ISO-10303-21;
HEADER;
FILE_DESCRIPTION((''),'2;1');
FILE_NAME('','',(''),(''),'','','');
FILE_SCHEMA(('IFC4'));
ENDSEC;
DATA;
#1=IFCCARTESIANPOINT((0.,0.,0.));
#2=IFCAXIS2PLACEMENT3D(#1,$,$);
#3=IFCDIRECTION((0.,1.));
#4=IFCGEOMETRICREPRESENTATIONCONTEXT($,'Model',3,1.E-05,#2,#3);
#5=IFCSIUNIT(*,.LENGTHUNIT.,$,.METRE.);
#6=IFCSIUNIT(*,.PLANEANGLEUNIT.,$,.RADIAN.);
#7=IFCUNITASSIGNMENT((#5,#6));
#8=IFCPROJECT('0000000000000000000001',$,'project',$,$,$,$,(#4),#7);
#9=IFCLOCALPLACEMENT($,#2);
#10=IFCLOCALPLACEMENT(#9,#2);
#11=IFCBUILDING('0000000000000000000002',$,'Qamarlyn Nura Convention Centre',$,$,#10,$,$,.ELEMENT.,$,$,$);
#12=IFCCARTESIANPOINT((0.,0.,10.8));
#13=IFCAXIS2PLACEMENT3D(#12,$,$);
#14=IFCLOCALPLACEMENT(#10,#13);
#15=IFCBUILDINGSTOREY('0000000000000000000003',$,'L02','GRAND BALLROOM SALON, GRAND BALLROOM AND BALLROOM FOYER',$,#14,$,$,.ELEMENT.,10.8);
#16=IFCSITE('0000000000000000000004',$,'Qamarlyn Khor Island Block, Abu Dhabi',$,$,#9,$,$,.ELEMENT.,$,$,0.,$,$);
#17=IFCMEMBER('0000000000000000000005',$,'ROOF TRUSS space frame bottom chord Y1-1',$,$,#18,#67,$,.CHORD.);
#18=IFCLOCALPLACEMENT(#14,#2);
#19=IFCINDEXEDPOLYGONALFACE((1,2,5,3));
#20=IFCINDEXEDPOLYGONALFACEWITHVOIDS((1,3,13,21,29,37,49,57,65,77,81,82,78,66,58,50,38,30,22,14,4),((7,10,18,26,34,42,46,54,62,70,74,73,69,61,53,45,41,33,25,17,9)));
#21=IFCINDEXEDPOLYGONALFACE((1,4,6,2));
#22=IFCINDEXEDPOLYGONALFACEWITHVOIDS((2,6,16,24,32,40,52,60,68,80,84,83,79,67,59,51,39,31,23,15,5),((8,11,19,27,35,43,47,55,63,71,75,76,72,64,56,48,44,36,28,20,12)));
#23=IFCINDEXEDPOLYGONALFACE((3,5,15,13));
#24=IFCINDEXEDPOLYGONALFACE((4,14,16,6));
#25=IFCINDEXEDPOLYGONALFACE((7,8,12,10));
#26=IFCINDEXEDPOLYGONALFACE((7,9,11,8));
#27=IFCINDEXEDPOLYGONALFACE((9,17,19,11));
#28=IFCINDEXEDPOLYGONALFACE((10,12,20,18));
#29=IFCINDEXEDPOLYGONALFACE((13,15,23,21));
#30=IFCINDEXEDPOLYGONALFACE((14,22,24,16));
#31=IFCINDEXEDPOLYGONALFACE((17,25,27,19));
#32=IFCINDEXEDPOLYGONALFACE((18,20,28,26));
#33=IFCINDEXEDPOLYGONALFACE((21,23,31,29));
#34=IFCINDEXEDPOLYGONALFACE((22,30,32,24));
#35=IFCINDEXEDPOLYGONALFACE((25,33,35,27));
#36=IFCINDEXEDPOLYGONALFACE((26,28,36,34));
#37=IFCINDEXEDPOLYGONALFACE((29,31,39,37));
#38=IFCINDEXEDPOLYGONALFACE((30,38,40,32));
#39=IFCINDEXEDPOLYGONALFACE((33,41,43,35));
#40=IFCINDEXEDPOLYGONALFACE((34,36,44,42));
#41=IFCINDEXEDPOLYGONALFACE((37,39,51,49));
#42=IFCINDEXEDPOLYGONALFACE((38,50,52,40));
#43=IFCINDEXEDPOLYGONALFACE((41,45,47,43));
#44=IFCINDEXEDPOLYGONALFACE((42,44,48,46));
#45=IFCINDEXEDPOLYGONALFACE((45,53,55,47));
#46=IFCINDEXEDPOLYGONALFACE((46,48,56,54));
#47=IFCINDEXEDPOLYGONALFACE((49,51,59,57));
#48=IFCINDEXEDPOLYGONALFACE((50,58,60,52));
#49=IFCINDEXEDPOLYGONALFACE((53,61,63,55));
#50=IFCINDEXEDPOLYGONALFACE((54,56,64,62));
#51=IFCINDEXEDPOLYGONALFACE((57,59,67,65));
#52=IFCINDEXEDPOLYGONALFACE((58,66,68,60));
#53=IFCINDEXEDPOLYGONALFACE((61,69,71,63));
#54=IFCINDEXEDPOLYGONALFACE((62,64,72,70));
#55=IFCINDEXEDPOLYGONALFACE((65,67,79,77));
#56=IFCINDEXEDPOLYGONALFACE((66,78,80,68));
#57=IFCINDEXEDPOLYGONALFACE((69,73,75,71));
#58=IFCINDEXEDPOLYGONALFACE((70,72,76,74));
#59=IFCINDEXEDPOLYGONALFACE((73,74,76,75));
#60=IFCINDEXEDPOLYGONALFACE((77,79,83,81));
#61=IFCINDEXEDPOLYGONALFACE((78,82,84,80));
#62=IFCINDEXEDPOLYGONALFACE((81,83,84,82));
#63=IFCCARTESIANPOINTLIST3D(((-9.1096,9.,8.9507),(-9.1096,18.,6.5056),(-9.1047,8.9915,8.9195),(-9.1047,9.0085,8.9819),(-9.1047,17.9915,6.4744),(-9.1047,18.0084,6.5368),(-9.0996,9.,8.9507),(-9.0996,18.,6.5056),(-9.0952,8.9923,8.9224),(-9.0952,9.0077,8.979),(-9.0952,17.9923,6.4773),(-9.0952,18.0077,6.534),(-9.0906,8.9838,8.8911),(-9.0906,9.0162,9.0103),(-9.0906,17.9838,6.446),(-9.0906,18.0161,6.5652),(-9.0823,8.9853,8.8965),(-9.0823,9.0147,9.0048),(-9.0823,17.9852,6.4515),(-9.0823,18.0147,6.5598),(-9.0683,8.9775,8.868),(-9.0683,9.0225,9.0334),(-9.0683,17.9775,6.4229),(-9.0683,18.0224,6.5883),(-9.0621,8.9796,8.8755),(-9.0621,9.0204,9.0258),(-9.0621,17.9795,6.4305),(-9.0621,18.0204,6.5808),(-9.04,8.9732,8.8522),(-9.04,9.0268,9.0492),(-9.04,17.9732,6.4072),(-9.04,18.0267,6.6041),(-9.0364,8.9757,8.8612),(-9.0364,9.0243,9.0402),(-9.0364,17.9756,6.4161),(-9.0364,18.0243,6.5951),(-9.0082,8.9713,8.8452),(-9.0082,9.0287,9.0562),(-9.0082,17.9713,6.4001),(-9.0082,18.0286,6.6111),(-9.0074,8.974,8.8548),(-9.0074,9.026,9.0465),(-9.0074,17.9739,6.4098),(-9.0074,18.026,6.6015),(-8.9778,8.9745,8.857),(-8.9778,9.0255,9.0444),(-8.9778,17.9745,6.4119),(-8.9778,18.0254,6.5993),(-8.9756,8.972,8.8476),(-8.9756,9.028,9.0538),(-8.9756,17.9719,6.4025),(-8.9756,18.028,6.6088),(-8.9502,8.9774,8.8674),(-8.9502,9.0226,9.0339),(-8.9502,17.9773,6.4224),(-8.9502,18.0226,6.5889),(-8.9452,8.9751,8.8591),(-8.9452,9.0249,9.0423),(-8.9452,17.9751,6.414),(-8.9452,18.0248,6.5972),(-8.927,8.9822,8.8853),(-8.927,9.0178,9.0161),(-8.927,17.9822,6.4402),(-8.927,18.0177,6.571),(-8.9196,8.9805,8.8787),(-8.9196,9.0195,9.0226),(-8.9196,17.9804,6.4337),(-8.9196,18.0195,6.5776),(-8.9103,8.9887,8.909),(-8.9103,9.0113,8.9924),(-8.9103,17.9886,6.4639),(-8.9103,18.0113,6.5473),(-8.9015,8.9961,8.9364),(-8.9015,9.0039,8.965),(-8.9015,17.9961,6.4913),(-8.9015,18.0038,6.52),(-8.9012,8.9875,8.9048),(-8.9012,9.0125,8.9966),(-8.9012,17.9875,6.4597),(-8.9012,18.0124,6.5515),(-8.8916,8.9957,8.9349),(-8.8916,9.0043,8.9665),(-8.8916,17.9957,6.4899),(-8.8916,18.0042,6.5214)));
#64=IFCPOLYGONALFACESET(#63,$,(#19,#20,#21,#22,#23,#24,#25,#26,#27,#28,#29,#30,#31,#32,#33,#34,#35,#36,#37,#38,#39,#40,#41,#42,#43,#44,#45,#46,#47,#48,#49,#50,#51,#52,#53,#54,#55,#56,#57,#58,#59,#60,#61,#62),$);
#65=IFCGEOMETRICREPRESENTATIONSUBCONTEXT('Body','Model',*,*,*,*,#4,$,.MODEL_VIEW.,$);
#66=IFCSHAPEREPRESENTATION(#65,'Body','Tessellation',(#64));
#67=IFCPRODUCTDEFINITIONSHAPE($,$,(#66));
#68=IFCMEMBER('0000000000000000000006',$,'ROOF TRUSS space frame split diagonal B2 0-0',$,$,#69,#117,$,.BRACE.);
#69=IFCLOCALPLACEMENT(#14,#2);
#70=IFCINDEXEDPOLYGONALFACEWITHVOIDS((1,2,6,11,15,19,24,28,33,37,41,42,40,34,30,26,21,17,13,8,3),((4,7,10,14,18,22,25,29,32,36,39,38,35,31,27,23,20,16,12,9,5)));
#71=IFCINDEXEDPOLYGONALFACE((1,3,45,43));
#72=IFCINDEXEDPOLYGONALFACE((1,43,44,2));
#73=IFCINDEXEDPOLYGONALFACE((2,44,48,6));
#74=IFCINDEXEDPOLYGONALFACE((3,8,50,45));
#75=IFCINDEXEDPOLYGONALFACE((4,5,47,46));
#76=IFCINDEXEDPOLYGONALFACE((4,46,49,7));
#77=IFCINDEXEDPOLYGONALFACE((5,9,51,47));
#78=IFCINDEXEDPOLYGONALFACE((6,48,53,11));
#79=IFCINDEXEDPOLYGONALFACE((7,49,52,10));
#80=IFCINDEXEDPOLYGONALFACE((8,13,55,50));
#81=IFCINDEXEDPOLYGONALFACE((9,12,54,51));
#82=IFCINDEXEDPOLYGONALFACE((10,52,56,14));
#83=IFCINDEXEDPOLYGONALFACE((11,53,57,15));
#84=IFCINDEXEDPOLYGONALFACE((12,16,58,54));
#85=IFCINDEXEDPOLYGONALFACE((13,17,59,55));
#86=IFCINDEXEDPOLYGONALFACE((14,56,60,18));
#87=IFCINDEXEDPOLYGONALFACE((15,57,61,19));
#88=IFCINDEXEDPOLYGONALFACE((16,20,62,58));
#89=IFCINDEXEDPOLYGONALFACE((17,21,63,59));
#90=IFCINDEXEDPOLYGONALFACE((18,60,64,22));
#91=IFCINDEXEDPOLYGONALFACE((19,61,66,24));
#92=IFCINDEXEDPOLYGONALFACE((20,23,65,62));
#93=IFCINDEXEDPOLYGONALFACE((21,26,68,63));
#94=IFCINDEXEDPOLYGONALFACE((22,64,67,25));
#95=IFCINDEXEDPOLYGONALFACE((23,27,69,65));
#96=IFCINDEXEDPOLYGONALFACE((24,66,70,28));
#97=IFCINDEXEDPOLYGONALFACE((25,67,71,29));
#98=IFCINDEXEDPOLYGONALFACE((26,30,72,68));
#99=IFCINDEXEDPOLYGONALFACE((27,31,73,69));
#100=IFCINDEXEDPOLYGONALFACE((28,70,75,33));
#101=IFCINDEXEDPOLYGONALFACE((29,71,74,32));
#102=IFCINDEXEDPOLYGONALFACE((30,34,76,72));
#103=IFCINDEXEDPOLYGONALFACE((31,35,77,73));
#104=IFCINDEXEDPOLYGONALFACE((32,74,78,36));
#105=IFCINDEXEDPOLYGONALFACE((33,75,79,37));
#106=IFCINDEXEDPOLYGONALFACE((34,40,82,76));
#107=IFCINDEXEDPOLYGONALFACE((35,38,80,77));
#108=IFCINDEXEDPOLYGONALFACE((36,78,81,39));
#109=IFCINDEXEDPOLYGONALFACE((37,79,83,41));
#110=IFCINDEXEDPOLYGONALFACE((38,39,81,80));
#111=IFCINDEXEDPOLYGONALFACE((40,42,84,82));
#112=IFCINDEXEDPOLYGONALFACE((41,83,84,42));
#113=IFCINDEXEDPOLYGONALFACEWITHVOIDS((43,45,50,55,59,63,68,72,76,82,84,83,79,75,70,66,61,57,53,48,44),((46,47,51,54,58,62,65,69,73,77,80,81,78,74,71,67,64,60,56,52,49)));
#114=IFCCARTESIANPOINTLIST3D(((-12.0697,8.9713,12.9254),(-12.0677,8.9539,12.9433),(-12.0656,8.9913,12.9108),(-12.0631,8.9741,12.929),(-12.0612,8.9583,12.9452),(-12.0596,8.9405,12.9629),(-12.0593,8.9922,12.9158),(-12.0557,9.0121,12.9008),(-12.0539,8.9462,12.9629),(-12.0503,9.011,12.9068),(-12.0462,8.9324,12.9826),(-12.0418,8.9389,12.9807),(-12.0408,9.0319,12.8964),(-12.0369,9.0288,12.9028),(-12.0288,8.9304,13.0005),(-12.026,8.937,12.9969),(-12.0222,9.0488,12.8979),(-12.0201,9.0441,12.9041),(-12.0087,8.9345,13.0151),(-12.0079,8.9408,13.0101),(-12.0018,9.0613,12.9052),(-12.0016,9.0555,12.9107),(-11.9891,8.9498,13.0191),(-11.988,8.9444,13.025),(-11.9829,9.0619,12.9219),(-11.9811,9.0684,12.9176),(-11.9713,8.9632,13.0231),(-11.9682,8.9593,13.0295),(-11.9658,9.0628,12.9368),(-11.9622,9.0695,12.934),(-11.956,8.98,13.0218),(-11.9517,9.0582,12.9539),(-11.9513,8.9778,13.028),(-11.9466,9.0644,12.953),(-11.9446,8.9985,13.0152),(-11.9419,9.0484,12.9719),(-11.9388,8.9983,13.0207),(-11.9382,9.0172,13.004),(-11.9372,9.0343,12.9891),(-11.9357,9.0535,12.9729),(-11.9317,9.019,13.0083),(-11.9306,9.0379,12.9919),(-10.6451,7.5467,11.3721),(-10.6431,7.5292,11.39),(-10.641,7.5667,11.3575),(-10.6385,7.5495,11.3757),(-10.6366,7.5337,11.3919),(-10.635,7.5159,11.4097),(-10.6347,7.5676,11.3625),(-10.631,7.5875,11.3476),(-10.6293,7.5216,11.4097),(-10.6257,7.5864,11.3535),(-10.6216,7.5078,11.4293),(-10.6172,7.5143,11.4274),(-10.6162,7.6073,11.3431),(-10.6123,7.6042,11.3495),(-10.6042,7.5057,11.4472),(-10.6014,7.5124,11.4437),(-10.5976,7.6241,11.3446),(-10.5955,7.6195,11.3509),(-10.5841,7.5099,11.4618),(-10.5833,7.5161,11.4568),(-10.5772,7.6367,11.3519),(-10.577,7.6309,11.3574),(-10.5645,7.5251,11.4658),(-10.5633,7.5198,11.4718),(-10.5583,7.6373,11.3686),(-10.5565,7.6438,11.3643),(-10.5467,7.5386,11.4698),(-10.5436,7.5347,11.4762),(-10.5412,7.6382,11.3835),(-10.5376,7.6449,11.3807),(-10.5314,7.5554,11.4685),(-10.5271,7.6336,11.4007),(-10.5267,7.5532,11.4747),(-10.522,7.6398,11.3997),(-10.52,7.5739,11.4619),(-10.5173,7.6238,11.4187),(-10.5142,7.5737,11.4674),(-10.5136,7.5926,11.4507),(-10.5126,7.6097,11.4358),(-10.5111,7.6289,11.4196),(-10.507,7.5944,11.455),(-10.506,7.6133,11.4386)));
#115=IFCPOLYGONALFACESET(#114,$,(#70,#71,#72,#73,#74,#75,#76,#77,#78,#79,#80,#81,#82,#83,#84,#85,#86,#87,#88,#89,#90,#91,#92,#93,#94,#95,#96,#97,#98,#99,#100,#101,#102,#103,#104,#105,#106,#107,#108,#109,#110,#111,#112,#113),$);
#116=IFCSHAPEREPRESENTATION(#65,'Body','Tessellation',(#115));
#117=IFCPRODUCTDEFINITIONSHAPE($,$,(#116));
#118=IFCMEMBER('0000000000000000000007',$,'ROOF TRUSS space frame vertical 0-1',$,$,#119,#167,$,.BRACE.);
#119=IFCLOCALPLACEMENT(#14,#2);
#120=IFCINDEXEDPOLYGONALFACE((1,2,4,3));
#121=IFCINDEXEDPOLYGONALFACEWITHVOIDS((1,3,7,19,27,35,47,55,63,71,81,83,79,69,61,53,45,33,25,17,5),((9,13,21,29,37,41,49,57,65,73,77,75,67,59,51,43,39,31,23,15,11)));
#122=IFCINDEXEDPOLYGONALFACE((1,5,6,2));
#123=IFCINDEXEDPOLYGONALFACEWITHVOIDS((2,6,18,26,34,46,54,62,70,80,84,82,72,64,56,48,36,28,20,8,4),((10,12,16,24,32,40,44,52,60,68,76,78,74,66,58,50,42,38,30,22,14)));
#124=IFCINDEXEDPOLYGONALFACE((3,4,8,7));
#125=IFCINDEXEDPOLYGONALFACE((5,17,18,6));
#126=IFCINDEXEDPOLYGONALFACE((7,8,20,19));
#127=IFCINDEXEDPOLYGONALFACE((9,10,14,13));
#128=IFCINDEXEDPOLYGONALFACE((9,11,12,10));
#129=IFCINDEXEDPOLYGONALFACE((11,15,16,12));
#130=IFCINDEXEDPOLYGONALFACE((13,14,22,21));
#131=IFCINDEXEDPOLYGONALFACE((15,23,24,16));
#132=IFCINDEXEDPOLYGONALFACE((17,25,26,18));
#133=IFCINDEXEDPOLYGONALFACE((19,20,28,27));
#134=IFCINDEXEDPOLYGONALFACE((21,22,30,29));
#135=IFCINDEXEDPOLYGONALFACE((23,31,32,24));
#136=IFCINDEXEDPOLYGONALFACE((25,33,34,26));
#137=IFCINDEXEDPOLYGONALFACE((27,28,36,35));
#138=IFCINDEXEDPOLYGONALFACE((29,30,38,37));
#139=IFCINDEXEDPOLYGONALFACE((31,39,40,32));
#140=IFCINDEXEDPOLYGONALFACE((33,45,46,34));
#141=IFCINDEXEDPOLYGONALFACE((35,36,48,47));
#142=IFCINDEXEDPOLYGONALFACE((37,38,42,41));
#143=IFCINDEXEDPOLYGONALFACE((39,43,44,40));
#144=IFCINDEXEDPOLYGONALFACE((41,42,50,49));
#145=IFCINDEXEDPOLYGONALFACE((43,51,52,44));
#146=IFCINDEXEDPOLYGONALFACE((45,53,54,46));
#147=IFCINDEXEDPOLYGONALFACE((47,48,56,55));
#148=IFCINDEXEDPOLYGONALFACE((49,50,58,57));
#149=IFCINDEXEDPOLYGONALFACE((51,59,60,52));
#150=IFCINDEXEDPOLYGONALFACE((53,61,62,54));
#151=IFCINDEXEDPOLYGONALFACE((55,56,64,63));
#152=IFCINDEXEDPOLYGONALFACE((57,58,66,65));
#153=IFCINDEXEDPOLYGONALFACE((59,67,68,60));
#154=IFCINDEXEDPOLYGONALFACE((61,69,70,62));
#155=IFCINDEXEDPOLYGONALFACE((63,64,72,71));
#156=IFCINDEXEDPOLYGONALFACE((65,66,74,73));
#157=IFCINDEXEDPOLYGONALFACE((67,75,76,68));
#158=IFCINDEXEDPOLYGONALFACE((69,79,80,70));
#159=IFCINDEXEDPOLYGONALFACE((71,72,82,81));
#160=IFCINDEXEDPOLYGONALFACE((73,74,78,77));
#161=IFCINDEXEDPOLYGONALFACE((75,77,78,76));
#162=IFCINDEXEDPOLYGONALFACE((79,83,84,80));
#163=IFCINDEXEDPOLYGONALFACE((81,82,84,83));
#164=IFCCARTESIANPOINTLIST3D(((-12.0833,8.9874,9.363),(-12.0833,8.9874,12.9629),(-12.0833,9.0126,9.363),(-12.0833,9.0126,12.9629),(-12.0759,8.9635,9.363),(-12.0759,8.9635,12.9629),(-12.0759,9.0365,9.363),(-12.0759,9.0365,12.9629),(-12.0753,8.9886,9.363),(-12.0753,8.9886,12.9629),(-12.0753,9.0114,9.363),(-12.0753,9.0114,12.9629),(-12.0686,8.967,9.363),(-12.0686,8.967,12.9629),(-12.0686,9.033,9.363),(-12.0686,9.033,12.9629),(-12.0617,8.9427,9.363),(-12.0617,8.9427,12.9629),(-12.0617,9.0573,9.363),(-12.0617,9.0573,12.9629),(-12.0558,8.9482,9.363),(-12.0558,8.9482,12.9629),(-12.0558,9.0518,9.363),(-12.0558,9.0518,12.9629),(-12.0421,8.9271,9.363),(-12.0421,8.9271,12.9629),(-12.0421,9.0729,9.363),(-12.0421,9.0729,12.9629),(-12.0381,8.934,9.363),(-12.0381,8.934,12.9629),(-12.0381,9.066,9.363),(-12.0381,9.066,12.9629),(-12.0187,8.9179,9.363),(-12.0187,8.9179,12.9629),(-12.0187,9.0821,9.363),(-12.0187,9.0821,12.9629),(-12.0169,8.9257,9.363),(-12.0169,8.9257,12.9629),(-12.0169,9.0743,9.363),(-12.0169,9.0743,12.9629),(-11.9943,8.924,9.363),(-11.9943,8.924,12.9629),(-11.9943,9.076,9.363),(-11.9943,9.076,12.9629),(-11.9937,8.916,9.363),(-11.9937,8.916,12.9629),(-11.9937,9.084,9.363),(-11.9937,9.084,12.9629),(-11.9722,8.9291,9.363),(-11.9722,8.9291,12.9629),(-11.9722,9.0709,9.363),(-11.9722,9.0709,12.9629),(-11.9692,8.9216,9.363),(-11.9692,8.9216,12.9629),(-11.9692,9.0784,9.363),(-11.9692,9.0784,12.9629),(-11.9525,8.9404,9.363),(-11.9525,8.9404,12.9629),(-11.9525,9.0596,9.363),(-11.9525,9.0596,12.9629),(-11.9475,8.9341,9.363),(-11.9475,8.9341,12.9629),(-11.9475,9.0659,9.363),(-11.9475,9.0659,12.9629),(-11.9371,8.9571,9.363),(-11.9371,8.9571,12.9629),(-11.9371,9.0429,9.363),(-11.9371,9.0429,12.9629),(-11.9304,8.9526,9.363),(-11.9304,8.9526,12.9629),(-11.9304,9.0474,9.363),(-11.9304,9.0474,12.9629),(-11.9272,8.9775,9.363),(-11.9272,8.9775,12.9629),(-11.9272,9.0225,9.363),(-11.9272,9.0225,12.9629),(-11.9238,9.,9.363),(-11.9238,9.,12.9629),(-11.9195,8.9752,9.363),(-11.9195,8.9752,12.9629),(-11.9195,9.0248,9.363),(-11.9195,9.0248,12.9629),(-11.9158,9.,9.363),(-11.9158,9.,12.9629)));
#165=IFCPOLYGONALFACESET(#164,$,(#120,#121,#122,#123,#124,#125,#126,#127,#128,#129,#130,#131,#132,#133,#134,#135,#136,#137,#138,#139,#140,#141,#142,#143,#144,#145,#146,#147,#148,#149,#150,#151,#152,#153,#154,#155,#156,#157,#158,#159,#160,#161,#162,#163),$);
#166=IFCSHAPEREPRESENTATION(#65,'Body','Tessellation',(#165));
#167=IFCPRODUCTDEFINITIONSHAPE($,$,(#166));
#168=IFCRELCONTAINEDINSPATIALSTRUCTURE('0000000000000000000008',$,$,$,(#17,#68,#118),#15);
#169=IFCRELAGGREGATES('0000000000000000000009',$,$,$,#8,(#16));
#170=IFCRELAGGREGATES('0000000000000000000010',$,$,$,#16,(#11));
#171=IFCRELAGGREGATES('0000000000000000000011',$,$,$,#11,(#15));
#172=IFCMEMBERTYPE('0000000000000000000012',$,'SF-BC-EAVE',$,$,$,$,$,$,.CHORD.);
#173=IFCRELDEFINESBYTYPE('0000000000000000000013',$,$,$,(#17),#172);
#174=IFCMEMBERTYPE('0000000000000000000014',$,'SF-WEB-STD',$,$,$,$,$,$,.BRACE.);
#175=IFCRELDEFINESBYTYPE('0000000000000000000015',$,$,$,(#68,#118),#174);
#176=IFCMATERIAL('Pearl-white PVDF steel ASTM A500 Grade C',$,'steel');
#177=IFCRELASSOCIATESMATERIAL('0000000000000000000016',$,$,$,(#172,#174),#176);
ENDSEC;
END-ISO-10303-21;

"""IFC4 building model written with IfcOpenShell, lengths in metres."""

from ifc_helpers import new_model, si_unit, direction, frame, origin, origin_2d, place, context, subcontext, project, spatial, hollow_circle, extrude, material, material_profile, profile_set, type_object, element, save


model = new_model("IFC4")

# Units and contexts
model_context = context("Model", 3, precision=1e-05, world=origin(), true_north=direction((0.0, 1.0)))
body_context = subcontext(model_context, "Body", "Model", "MODEL_VIEW")
ifc_project = project(units=[si_unit("LENGTHUNIT", "METRE"), si_unit("PLANEANGLEUNIT", "RADIAN")], contexts=[model_context])

# Site, building, storey
site_placement = place(None, origin())
site = spatial("IfcSite", under=ifc_project, at=site_placement, Name="Qamarlyn Khor Island Block, Abu Dhabi", CompositionType="ELEMENT", RefElevation=0.0)
building_placement = place(site_placement, origin())
building = spatial("IfcBuilding", under=site, at=building_placement, Name="Qamarlyn Nura Convention Centre", CompositionType="ELEMENT")
storey_placement = place(building_placement, frame((0.0, 0.0, 10.8)))
storey = spatial("IfcBuildingStorey", under=building, at=storey_placement, Name="L02", Description="GRAND BALLROOM SALON, GRAND BALLROOM AND BALLROOM FOYER", CompositionType="ELEMENT", Elevation=10.8)

# Members
ifc_material_1 = material(Name="Pearl-white PVDF steel ASTM A500 Grade C", Category="steel")
ifc_material_profile_1 = material_profile(ifc_material_1, hollow_circle(Radius=0.1096, WallThickness=0.01, at=origin_2d()), Name="CHS219.1X10")
ifc_profile_set_1 = profile_set([ifc_material_profile_1], Name="Pearl-white PVDF steel ASTM A500 Grade C")
member_type_1 = type_object("IfcMemberType", Name="SF-BC-EAVE", PredefinedType="CHORD", material=ifc_profile_set_1)
member_1_placement = place(storey_placement, frame((-9.0, 9.0, 8.9507), z_axis=(0.0, 0.965021, -0.262171), x_axis=(-1.0, 0.0, 0.0)))
element("IfcMember", 1, at=member_1_placement, inside=storey, type_object=member_type_1, Name="ROOF TRUSS space frame bottom chord Y1-1", PredefinedType="CHORD", context=body_context, shape_type="SweptSolid", body=[
    extrude(hollow_circle(Radius=0.1096, WallThickness=0.01, at=origin_2d()), origin(), (0.0, 0.0, 1.0), 9.3262),
])
ifc_material_profile_2 = material_profile(ifc_material_1, hollow_circle(Radius=0.0842, WallThickness=0.0081, at=origin_2d()), Name="CHS168.3X8")
ifc_profile_set_2 = profile_set([ifc_material_profile_2], Name="Pearl-white PVDF steel ASTM A500 Grade C")
member_type_2 = type_object("IfcMemberType", Name="SF-WEB-STD", PredefinedType="BRACE", material=ifc_profile_set_2)
member_2_placement = place(storey_placement, frame((-10.5754, 7.5754, 11.4097), z_axis=(-0.559999, 0.559999, 0.610576), x_axis=(-0.707107, -0.707107, 0.0)))
element("IfcMember", 2, at=member_2_placement, inside=storey, type_object=member_type_2, Name="ROOF TRUSS space frame split diagonal B2 0-0", PredefinedType="BRACE", context=body_context, shape_type="SweptSolid", body=[
    extrude(hollow_circle(Radius=0.0842, WallThickness=0.0081, at=origin_2d()), origin(), (0.0, 0.0, 1.0), 2.5439),
])
member_3_placement = place(storey_placement, frame((-12.0, 9.0, 9.363), z_axis=(0.0, 0.0, 1.0), x_axis=(1.0, 0.0, 0.0)))
element("IfcMember", 3, at=member_3_placement, inside=storey, type_object=member_type_2, Name="ROOF TRUSS space frame vertical 0-1", PredefinedType="BRACE", context=body_context, shape_type="SweptSolid", body=[
    extrude(hollow_circle(Radius=0.0842, WallThickness=0.0081, at=origin_2d()), origin(), (0.0, 0.0, 1.0), 3.5999),
])

save(model, "model.ifc")
